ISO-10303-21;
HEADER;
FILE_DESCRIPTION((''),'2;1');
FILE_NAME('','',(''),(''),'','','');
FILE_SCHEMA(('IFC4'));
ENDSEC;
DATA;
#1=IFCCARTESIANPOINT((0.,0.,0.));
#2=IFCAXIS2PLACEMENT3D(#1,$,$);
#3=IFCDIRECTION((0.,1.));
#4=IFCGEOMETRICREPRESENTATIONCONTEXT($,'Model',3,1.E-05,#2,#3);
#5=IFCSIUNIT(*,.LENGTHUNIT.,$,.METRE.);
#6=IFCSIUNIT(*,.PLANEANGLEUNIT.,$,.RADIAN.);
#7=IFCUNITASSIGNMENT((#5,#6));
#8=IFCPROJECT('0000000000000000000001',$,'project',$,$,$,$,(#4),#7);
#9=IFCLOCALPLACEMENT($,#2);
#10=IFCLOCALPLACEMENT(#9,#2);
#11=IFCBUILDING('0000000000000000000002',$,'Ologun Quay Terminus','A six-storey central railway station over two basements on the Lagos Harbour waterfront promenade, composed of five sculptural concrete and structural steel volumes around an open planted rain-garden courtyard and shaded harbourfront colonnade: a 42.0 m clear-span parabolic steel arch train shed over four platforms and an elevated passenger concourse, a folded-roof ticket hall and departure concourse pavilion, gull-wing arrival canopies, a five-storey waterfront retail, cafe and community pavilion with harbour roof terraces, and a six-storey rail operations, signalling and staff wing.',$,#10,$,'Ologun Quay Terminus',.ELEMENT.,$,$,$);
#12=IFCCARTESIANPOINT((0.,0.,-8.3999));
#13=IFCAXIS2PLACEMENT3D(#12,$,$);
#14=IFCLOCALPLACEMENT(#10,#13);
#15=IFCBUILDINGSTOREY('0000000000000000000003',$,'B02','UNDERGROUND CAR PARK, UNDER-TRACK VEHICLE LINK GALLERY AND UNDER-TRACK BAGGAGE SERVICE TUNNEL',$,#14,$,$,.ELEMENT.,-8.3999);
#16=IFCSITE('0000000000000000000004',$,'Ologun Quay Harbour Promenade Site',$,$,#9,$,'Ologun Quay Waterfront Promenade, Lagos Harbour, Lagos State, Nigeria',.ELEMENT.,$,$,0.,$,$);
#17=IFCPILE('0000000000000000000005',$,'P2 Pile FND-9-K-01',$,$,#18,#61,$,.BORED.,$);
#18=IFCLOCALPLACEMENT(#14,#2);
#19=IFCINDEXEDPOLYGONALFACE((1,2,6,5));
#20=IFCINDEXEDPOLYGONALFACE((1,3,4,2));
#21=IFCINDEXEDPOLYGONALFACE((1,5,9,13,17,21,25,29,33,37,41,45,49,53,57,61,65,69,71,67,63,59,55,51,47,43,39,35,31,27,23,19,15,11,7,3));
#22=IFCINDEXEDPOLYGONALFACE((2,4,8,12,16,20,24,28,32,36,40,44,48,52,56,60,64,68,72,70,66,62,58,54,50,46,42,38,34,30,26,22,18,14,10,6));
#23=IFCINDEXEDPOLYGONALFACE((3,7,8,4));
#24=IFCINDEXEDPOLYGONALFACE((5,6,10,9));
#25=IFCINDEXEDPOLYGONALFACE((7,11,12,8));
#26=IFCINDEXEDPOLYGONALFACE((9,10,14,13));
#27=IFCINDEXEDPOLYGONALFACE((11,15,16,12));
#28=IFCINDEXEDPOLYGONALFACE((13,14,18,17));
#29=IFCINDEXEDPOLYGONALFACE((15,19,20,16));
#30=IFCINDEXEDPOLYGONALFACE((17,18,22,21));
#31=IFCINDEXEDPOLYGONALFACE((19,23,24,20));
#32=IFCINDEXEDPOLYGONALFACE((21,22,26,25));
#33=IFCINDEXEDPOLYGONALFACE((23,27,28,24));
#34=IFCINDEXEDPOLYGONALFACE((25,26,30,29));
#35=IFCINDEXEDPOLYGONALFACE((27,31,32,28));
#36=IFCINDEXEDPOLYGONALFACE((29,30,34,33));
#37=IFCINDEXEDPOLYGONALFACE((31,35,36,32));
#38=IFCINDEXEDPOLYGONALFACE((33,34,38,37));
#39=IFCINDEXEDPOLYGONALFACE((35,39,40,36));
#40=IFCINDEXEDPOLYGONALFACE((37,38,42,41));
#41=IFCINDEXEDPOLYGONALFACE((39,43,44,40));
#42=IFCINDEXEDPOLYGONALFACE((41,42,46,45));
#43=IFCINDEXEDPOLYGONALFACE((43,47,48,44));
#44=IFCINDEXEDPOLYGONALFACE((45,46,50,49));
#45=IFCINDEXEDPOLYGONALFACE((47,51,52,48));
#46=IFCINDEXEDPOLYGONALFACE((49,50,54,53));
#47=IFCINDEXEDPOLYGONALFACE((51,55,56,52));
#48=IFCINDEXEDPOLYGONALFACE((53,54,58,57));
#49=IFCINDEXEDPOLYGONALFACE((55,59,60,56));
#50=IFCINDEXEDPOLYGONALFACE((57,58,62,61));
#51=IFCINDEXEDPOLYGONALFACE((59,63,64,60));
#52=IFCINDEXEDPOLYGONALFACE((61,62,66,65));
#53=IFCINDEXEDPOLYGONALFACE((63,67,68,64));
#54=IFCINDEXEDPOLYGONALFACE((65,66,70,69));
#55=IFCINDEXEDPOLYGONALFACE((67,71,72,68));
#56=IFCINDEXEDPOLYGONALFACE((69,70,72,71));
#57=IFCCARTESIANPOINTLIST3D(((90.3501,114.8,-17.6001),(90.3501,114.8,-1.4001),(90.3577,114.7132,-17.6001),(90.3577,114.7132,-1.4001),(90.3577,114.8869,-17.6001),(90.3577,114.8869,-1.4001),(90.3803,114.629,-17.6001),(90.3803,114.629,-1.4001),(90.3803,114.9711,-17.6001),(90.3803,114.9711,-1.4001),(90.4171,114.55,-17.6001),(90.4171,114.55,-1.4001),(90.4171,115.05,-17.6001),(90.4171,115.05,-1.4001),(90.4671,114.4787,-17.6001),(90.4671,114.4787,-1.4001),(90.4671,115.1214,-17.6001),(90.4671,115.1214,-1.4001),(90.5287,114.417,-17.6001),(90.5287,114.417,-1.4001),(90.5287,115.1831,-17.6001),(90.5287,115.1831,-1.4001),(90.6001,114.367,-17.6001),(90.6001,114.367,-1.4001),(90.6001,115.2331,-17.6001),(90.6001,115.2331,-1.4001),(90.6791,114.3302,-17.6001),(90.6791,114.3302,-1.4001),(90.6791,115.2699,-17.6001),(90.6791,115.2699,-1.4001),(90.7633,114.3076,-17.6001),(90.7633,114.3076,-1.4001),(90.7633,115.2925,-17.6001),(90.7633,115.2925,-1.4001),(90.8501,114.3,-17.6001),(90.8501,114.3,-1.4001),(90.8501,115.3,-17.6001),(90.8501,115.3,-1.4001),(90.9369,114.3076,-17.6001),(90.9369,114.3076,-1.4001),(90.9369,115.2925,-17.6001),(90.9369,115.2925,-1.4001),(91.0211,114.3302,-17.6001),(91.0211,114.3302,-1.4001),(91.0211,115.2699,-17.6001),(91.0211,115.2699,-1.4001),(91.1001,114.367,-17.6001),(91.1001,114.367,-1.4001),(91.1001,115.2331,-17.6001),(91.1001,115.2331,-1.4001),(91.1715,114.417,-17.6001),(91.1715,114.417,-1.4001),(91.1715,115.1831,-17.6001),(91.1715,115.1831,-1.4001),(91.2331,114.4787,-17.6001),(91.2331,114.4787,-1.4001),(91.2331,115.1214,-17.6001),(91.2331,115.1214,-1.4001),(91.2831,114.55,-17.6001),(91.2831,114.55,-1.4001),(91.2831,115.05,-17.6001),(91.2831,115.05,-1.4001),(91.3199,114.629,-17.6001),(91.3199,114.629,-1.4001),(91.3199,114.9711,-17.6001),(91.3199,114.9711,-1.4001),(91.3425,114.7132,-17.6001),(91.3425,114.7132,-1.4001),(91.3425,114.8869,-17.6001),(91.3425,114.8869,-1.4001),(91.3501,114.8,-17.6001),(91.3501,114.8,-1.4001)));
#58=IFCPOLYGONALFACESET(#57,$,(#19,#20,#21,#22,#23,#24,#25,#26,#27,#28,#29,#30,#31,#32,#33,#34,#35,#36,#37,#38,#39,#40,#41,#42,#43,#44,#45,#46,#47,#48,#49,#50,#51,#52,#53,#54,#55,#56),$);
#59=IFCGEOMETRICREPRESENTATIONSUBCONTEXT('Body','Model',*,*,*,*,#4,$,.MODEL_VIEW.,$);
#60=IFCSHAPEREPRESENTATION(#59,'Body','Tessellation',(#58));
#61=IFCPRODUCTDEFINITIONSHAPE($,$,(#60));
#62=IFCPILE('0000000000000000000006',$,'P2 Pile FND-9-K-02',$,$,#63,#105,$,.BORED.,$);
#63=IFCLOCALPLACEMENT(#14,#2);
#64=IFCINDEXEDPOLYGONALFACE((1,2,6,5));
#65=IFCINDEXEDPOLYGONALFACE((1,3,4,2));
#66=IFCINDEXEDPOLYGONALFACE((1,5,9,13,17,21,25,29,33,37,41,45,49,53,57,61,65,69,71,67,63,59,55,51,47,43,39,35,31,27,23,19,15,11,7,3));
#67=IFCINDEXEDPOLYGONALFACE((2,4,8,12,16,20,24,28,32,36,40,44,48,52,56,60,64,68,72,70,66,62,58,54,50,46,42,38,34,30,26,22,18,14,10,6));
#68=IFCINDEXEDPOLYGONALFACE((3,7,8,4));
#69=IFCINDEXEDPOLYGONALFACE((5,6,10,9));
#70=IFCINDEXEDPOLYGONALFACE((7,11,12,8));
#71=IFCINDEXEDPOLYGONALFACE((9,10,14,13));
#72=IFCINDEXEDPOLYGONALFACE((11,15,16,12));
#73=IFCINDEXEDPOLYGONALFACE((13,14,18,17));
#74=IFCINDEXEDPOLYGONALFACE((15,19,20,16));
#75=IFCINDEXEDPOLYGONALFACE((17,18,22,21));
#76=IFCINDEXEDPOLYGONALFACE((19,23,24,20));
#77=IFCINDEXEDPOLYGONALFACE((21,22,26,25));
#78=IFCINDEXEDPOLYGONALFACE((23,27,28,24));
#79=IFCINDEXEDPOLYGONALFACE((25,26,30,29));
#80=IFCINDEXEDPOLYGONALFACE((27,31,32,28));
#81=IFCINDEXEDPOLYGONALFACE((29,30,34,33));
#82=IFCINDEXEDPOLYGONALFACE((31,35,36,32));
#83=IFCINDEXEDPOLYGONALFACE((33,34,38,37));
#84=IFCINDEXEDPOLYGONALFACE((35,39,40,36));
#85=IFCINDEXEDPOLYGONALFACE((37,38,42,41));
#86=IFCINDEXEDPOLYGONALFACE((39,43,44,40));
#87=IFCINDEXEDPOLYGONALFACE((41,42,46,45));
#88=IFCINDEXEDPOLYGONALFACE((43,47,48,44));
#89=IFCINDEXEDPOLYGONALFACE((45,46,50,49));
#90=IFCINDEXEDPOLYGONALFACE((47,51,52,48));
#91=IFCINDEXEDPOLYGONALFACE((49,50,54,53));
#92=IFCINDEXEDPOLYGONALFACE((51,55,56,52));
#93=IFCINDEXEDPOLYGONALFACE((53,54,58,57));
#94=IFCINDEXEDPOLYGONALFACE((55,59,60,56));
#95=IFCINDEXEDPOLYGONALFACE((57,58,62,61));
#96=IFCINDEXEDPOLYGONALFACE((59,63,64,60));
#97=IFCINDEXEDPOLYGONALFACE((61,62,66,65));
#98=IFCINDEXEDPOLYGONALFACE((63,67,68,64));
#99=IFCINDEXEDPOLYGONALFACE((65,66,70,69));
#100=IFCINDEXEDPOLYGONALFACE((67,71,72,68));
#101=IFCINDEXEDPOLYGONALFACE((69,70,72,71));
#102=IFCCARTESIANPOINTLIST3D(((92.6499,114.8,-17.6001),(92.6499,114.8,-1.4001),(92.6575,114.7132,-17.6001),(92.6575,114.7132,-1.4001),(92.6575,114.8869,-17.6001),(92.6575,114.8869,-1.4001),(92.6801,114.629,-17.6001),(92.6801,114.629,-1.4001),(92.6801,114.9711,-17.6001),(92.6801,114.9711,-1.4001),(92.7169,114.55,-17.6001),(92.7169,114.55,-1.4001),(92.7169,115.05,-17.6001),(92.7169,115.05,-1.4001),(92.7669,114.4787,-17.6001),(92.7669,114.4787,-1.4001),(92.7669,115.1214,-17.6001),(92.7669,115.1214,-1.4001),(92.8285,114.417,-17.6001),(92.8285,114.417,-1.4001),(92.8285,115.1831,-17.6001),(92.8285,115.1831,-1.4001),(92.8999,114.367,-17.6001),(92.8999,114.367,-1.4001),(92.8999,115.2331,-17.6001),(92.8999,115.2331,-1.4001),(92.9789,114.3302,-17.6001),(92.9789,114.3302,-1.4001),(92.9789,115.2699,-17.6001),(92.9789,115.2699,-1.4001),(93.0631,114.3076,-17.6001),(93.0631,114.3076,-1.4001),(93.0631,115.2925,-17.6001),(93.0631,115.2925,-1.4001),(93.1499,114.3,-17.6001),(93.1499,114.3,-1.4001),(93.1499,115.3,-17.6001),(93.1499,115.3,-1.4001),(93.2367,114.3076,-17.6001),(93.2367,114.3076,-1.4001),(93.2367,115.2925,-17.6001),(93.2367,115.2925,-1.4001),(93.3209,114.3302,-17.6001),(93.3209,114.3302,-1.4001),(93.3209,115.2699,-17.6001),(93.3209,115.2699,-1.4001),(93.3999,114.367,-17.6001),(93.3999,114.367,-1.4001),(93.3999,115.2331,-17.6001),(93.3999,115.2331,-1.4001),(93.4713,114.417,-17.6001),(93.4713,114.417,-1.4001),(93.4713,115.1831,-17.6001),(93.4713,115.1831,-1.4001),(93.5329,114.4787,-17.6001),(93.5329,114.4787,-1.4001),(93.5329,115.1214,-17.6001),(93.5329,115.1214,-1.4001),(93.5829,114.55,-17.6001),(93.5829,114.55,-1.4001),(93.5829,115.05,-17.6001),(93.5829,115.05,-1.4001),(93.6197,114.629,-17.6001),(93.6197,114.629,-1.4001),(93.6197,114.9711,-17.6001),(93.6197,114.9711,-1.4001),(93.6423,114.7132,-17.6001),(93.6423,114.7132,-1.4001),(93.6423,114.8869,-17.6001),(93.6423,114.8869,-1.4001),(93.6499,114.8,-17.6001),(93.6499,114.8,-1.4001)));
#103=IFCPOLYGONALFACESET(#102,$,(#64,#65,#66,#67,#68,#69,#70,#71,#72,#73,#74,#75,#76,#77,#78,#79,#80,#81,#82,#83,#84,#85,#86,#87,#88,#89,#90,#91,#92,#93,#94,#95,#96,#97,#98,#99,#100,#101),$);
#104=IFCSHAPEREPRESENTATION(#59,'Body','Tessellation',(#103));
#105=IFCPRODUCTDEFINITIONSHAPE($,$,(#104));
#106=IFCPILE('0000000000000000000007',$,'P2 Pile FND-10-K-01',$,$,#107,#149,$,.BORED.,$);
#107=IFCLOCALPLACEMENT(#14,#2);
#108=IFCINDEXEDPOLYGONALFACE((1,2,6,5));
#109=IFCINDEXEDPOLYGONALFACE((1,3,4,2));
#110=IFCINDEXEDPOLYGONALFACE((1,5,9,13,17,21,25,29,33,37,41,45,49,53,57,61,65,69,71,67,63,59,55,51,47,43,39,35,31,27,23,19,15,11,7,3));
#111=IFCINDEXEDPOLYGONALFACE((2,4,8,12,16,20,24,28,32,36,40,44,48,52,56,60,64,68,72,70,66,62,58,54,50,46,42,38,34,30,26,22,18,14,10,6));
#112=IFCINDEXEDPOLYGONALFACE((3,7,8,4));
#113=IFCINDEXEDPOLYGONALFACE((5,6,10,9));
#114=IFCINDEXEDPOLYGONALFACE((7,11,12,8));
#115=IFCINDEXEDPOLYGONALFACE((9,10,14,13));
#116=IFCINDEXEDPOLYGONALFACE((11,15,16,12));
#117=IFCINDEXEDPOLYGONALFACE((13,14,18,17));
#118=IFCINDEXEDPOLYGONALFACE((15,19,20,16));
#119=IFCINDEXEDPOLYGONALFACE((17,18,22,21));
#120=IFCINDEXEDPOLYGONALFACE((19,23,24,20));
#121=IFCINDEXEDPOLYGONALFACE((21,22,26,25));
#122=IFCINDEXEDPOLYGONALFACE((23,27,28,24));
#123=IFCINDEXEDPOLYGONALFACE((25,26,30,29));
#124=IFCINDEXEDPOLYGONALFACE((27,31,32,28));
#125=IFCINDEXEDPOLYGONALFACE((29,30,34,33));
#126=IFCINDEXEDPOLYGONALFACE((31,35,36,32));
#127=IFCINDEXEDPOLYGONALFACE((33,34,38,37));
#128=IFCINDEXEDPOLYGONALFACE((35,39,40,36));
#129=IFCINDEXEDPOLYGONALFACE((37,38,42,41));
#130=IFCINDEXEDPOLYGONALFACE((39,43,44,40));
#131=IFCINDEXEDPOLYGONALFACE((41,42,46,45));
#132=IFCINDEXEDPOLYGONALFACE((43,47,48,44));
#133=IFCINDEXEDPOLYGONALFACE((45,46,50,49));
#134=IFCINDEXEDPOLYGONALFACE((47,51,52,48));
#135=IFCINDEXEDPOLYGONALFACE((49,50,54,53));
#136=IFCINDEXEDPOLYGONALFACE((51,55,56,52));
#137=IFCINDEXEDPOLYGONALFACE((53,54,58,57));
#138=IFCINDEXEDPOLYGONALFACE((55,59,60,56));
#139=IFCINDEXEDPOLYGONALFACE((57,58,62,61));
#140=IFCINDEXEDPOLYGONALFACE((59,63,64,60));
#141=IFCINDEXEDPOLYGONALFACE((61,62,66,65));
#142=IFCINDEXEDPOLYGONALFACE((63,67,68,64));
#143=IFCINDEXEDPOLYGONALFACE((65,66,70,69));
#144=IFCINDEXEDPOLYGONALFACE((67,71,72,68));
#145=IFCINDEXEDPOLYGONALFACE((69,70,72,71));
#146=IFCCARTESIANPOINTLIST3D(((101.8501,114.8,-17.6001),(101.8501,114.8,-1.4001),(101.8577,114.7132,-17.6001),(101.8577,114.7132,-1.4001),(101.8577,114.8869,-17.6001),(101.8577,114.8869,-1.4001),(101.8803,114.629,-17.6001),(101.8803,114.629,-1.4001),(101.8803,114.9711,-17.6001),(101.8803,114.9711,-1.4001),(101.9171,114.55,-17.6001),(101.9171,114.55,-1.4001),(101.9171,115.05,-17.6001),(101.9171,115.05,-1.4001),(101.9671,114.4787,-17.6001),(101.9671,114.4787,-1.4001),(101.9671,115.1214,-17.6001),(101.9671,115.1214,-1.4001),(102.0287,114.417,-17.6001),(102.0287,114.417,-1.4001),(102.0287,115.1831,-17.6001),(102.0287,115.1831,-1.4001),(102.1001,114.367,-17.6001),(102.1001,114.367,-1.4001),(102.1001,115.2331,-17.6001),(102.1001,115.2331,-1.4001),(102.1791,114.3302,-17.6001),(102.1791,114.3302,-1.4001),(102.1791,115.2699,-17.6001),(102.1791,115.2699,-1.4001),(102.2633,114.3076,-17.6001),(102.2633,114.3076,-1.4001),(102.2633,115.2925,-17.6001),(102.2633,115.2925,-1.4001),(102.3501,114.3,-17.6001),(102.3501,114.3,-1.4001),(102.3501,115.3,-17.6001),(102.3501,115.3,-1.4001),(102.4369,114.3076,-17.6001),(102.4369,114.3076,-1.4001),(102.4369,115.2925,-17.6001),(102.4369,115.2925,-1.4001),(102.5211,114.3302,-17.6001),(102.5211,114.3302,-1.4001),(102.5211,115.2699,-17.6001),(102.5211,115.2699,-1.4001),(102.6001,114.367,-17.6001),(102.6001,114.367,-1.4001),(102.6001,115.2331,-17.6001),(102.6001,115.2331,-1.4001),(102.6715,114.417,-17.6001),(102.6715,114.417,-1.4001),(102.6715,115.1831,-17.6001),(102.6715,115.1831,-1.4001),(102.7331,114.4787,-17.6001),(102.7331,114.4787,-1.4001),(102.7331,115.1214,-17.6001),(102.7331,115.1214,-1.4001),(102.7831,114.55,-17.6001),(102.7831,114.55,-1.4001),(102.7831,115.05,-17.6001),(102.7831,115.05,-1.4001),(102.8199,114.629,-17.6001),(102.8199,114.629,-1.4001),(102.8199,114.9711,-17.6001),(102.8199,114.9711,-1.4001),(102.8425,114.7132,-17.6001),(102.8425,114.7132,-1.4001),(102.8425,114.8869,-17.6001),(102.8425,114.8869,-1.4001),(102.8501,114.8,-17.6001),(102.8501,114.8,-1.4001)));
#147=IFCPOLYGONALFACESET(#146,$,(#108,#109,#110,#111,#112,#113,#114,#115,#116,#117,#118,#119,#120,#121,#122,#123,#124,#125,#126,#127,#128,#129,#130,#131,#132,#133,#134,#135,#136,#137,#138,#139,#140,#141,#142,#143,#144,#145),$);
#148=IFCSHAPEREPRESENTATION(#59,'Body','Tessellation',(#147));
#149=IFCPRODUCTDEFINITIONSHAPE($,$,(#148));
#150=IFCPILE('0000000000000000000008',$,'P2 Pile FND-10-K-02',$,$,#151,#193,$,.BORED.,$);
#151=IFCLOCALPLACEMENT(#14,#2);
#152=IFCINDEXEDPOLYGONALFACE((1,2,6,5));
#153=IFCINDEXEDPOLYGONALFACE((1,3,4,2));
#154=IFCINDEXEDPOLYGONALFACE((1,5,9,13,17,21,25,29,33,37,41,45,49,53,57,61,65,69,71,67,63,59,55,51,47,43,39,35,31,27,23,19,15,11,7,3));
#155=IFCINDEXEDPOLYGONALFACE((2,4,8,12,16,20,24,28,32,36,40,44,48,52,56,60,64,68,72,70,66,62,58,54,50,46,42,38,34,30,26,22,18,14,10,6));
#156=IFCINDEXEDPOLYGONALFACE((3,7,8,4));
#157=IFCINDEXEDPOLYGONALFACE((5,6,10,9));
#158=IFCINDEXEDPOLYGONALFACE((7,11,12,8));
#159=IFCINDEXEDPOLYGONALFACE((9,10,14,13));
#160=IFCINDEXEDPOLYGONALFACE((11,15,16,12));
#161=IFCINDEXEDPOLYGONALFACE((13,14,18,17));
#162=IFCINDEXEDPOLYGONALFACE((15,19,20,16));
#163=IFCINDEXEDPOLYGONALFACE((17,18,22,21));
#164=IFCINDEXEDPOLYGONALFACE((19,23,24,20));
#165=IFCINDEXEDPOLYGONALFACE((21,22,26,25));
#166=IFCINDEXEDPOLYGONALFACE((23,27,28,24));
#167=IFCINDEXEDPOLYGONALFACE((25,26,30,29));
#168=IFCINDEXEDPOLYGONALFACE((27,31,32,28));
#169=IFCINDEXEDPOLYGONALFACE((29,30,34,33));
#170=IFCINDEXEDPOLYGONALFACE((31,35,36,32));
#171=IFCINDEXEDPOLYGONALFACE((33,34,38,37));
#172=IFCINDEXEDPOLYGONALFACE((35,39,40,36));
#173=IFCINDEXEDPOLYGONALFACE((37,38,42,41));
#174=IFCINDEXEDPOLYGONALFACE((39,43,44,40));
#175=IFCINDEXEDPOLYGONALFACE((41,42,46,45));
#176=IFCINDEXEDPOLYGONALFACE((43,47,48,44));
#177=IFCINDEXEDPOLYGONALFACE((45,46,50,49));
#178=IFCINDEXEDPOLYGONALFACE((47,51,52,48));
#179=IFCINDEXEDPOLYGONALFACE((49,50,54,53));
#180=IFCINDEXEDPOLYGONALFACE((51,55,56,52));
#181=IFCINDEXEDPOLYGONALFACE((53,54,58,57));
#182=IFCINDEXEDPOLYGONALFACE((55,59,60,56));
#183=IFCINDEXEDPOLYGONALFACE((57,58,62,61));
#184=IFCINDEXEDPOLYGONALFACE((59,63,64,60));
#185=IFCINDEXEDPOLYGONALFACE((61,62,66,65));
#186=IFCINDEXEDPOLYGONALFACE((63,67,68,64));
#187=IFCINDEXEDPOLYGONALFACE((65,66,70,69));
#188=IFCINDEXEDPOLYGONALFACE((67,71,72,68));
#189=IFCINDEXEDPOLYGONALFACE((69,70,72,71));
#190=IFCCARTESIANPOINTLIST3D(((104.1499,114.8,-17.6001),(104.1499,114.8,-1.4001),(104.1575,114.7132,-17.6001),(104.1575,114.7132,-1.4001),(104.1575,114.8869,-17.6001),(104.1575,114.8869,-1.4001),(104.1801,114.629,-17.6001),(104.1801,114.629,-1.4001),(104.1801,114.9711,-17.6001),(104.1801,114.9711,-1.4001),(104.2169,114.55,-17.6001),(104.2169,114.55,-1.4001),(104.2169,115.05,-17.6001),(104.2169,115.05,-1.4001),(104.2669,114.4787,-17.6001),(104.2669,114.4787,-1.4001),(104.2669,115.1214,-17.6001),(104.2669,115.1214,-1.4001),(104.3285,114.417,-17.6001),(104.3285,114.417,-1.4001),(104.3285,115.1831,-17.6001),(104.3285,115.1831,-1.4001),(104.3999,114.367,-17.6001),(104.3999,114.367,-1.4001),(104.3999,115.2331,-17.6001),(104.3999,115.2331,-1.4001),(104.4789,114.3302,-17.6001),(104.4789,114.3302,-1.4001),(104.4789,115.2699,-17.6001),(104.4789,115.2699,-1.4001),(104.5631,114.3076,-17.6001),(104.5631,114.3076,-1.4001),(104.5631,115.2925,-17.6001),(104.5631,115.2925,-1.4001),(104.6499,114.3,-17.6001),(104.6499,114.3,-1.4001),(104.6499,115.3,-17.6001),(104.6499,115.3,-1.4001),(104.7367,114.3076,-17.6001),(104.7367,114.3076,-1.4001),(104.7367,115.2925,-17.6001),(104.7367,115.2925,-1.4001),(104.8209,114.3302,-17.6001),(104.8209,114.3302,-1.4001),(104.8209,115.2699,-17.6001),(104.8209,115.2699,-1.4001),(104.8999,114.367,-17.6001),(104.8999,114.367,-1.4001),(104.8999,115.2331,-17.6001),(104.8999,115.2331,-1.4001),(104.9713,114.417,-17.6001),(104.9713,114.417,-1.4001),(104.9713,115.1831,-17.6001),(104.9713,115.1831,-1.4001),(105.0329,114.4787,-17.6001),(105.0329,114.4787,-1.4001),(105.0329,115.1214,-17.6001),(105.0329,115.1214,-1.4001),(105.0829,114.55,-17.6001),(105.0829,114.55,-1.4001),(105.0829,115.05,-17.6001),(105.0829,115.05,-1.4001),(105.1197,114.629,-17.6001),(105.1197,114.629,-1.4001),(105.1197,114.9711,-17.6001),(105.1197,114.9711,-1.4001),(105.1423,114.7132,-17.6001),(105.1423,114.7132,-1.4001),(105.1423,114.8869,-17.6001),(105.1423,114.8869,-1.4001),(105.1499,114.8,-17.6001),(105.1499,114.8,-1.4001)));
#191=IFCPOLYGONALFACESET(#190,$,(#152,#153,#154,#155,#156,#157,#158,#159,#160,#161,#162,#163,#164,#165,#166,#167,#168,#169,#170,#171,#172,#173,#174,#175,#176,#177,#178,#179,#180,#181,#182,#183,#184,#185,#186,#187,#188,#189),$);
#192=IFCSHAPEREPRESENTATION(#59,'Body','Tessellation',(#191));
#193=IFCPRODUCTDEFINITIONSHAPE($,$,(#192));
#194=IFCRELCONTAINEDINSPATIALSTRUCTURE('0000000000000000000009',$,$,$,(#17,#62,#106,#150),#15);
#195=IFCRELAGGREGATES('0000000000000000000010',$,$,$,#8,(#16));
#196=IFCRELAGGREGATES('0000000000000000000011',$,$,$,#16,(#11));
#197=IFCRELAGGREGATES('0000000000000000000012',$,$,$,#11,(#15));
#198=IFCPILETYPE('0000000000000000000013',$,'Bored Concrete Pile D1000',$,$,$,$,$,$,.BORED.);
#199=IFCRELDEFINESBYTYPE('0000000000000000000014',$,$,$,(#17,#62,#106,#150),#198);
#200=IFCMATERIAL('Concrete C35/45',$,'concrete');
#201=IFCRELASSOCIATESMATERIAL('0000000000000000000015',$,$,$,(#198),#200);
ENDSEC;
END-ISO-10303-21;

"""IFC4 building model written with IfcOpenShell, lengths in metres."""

from ifc_helpers import new_model, si_unit, direction, frame, origin, origin_2d, place, context, subcontext, project, spatial, circle, extrude, material, material_profile, profile_set, type_object, element, save


model = new_model("IFC4")

# Units and contexts
model_context = context("Model", 3, precision=1e-05, world=origin(), true_north=direction((0.0, 1.0)))
body_context = subcontext(model_context, "Body", "Model", "MODEL_VIEW")
ifc_project = project(units=[si_unit("LENGTHUNIT", "METRE"), si_unit("PLANEANGLEUNIT", "RADIAN")], contexts=[model_context])

# Site, building, storey
site_placement = place(None, origin())
site = spatial("IfcSite", under=ifc_project, at=site_placement, Name="Ologun Quay Harbour Promenade Site", LongName="Ologun Quay Waterfront Promenade, Lagos Harbour, Lagos State, Nigeria", CompositionType="ELEMENT", RefElevation=0.0)
building_placement = place(site_placement, origin())
building = spatial("IfcBuilding", under=site, at=building_placement, Name="Ologun Quay Terminus", Description="A six-storey central railway station over two basements on the Lagos Harbour waterfront promenade, composed of five sculptural concrete and structural steel volumes around an open planted rain-garden courtyard and shaded harbourfront colonnade: a 42.0 m clear-span parabolic steel arch train shed over four platforms and an elevated passenger concourse, a folded-roof ticket hall and departure concourse pavilion, gull-wing arrival canopies, a five-storey waterfront retail, cafe and community pavilion with harbour roof terraces, and a six-storey rail operations, signalling and staff wing.", LongName="Ologun Quay Terminus", CompositionType="ELEMENT")
storey_placement = place(building_placement, frame((0.0, 0.0, -8.3999)))
storey = spatial("IfcBuildingStorey", under=building, at=storey_placement, Name="B02", Description="UNDERGROUND CAR PARK, UNDER-TRACK VEHICLE LINK GALLERY AND UNDER-TRACK BAGGAGE SERVICE TUNNEL", CompositionType="ELEMENT", Elevation=-8.3999)

# Piles
ifc_material_1 = material(Name="Concrete C35/45", Category="concrete")
ifc_material_profile_1 = material_profile(ifc_material_1, circle(Radius=0.5, at=origin_2d()), Name="PILE D1000")
ifc_profile_set_1 = profile_set([ifc_material_profile_1], Name="Concrete C35/45")
pile_type_1 = type_object("IfcPileType", Name="Bored Concrete Pile D1000", PredefinedType="BORED", material=ifc_profile_set_1)
for number, where, z_axis, x_axis, name in (
    (1, (90.8501, 114.8, -1.4001), (0.0, 0.0, -1.0), (1.0, 0.0, 0.0), "P2 Pile FND-9-K-01"),
    (2, (93.1499, 114.8, -1.4001), (0.0, 0.0, -1.0), (1.0, 0.0, 0.0), "P2 Pile FND-9-K-02"),
    (3, (102.3501, 114.8, -1.4001), (0.0, 0.0, -1.0), (1.0, 0.0, 0.0), "P2 Pile FND-10-K-01"),
    (4, (104.6499, 114.8, -1.4001), (0.0, 0.0, -1.0), (1.0, 0.0, 0.0), "P2 Pile FND-10-K-02"),
):
    element("IfcPile", number, at=place(storey_placement, frame(where, z_axis=z_axis, x_axis=x_axis)), inside=storey, type_object=pile_type_1, Name=name, PredefinedType="BORED", context=body_context, shape_type="SweptSolid", body=[
        extrude(circle(Radius=0.5, at=origin_2d()), origin(), (0.0, 0.0, 1.0), 16.2),
    ])

save(model, "model.ifc")
